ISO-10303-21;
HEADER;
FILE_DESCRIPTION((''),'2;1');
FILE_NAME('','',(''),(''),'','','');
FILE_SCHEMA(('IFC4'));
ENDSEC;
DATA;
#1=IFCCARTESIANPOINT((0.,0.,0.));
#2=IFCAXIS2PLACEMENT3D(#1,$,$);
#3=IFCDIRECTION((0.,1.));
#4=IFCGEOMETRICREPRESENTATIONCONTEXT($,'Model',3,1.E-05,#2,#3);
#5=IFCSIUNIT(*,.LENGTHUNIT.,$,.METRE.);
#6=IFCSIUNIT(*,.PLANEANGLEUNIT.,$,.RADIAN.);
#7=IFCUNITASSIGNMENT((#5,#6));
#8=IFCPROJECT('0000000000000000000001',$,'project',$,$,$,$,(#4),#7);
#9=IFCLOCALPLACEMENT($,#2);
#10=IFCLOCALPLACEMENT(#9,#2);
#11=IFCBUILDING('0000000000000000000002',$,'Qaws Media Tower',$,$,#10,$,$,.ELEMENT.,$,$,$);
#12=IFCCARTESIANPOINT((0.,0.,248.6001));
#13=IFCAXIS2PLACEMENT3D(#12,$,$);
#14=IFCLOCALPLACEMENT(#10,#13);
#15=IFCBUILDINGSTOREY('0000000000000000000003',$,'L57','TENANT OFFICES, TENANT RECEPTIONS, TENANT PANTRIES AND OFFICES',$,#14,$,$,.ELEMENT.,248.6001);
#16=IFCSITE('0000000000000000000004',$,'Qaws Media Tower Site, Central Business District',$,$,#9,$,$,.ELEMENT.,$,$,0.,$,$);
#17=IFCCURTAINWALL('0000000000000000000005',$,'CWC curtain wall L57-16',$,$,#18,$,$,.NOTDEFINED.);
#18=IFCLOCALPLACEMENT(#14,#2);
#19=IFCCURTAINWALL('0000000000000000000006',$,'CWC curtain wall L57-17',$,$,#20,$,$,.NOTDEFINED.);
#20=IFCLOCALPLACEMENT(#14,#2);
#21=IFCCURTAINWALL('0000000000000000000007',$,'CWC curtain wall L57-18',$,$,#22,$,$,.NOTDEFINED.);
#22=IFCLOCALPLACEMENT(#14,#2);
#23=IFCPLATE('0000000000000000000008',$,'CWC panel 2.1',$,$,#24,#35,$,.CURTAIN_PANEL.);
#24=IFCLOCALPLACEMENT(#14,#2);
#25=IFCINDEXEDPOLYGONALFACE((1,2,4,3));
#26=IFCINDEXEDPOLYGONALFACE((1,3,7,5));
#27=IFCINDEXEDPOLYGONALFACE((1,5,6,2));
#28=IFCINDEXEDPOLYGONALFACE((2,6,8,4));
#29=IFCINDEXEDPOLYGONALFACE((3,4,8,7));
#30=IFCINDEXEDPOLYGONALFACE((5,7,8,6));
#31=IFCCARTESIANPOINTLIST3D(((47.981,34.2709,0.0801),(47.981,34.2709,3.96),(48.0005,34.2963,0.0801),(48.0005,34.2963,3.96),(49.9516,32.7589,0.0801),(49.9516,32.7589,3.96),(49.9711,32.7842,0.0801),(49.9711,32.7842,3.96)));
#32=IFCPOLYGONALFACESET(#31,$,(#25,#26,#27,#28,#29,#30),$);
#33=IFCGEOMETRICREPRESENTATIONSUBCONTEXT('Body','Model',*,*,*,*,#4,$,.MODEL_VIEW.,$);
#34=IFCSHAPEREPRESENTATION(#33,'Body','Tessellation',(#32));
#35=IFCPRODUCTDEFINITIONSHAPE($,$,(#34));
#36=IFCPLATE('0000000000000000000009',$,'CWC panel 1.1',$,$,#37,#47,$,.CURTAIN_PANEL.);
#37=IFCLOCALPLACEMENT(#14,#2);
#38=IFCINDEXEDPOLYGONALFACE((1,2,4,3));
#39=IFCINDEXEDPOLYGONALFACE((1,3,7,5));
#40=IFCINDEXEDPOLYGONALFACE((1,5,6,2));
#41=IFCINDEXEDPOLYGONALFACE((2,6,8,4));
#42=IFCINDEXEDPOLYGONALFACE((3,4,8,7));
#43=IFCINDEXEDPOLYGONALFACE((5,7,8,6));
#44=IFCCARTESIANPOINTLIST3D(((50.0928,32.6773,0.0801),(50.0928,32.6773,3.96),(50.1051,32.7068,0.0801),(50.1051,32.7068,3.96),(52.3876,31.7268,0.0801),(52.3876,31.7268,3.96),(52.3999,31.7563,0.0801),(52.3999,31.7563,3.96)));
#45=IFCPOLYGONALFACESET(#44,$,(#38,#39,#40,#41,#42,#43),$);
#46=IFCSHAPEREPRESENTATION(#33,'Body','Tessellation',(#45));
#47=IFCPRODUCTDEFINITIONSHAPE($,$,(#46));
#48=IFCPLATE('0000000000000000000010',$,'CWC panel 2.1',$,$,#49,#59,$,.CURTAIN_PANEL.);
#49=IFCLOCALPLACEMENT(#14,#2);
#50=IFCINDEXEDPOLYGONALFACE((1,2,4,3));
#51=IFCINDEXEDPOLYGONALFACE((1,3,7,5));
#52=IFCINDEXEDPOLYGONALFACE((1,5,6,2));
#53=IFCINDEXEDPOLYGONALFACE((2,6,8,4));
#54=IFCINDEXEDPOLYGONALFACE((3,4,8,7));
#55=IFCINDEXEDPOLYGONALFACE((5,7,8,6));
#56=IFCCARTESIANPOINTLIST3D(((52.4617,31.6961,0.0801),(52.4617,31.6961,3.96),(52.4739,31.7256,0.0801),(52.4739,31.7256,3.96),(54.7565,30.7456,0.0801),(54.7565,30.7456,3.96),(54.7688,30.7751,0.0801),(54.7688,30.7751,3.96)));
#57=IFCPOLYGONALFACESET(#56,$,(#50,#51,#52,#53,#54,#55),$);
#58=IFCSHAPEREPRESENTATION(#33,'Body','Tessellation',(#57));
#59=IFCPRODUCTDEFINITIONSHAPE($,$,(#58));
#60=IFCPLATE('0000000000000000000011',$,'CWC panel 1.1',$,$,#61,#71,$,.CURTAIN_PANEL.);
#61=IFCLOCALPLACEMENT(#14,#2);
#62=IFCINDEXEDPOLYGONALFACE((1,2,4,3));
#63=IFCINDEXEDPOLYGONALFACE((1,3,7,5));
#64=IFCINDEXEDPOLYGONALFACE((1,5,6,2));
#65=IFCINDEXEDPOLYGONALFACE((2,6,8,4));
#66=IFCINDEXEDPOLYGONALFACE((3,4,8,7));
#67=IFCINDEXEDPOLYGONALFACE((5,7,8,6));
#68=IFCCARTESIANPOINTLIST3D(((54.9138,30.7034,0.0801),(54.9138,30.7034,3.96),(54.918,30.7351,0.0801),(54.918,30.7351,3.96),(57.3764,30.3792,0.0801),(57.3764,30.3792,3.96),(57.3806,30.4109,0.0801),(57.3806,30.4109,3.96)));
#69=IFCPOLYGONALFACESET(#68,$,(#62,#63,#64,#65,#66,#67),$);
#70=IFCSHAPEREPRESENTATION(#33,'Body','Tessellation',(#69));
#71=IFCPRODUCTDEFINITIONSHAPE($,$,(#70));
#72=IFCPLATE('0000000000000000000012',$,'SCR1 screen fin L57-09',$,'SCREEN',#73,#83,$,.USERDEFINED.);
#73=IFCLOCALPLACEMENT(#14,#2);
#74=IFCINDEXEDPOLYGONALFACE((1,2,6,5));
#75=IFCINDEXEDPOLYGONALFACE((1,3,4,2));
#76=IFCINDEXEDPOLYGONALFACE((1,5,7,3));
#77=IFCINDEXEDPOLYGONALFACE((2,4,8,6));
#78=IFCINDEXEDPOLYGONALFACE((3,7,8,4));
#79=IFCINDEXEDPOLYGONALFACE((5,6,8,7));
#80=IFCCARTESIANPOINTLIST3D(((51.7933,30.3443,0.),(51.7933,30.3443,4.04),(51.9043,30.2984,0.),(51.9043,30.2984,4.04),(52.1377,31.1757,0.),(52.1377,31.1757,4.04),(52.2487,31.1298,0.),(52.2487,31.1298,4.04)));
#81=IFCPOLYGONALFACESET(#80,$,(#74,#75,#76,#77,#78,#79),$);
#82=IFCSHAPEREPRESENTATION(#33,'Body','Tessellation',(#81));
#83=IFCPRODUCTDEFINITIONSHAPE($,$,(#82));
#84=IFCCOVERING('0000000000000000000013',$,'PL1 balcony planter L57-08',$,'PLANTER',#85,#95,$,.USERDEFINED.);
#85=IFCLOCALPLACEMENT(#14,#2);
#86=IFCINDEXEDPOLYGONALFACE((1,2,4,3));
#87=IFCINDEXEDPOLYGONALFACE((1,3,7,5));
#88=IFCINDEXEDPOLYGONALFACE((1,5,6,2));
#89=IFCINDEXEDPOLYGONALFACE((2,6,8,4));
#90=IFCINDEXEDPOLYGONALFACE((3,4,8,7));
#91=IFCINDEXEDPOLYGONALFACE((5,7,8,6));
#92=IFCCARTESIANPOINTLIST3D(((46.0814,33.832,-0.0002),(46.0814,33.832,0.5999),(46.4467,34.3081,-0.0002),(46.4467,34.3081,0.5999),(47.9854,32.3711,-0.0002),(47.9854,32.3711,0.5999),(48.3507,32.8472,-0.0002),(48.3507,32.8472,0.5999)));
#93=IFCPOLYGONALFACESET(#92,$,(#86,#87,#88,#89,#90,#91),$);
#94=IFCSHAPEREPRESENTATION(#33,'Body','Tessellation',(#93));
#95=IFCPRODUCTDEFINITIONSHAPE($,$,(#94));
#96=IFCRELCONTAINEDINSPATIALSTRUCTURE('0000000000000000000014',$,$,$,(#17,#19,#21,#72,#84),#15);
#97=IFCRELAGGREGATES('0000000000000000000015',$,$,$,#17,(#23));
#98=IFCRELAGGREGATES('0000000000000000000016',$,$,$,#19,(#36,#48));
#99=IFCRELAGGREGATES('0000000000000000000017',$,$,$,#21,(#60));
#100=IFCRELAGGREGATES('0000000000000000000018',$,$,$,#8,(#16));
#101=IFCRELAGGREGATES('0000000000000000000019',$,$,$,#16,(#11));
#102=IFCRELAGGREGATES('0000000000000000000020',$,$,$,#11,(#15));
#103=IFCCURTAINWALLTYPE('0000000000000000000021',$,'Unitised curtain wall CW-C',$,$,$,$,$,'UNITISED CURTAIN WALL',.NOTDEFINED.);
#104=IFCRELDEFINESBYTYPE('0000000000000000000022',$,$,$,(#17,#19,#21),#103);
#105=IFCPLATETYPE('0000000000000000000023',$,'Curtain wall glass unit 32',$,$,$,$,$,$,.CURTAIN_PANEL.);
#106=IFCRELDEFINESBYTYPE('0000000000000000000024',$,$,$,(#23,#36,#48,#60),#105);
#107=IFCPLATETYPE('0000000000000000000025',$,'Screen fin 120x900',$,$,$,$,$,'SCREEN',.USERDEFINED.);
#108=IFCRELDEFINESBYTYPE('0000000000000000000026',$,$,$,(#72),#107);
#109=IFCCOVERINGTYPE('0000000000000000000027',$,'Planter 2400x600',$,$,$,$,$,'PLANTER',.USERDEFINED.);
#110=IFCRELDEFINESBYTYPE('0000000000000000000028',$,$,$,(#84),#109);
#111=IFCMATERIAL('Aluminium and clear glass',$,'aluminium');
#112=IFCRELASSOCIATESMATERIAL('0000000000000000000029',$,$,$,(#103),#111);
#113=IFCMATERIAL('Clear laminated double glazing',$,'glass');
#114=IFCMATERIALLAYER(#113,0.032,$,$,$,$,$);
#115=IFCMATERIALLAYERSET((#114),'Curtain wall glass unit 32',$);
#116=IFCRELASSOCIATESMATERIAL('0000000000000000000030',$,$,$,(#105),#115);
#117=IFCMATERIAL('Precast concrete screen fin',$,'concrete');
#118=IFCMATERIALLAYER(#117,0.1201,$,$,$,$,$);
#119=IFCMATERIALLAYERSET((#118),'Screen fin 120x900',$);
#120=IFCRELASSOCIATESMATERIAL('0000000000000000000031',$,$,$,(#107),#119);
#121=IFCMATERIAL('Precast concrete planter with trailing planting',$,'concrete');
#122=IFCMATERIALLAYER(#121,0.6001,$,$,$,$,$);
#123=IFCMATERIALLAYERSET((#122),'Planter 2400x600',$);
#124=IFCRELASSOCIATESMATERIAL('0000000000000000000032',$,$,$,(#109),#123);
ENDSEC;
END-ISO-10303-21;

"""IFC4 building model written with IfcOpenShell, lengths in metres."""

from ifc_helpers import new_model, si_unit, direction, frame, origin, origin_2d, place, context, subcontext, project, spatial, rectangle, extrude, material, layer, layer_set, type_object, element, aggregate, save


model = new_model("IFC4")

# Units and contexts
model_context = context("Model", 3, precision=1e-05, world=origin(), true_north=direction((0.0, 1.0)))
body_context = subcontext(model_context, "Body", "Model", "MODEL_VIEW")
ifc_project = project(units=[si_unit("LENGTHUNIT", "METRE"), si_unit("PLANEANGLEUNIT", "RADIAN")], contexts=[model_context])

# Site, building, storey
site_placement = place(None, origin())
site = spatial("IfcSite", under=ifc_project, at=site_placement, Name="Qaws Media Tower Site, Central Business District", CompositionType="ELEMENT", RefElevation=0.0)
building_placement = place(site_placement, origin())
building = spatial("IfcBuilding", under=site, at=building_placement, Name="Qaws Media Tower", CompositionType="ELEMENT")
storey_placement = place(building_placement, frame((0.0, 0.0, 248.6001)))
storey = spatial("IfcBuildingStorey", under=building, at=storey_placement, Name="L57", Description="TENANT OFFICES, TENANT RECEPTIONS, TENANT PANTRIES AND OFFICES", CompositionType="ELEMENT", Elevation=248.6001)

# Curtain walls
ifc_material_1 = material(Name="Aluminium and clear glass", Category="aluminium")
curtain_wall_type = type_object("IfcCurtainWallType", Name="Unitised curtain wall CW-C", ElementType="UNITISED CURTAIN WALL", PredefinedType="NOTDEFINED", material=ifc_material_1)
curtain_wall_1_placement = place(storey_placement, origin())
curtain_wall_1 = element("IfcCurtainWall", 1, at=curtain_wall_1_placement, inside=storey, type_object=curtain_wall_type, Name="CWC curtain wall L57-16", PredefinedType="NOTDEFINED")
curtain_wall_2_placement = place(storey_placement, origin())
curtain_wall_2 = element("IfcCurtainWall", 2, at=curtain_wall_2_placement, inside=storey, type_object=curtain_wall_type, Name="CWC curtain wall L57-17", PredefinedType="NOTDEFINED")

# Curtain wall
curtain_wall_3_placement = place(storey_placement, origin())
curtain_wall_3 = element("IfcCurtainWall", 3, at=curtain_wall_3_placement, inside=storey, type_object=curtain_wall_type, Name="CWC curtain wall L57-18", PredefinedType="NOTDEFINED")

# Plates
ifc_material_2 = material(Name="Clear laminated double glazing", Category="glass")
ifc_layer_1 = layer(ifc_material_2, 0.032)
ifc_layer_set_1 = layer_set([ifc_layer_1], Name="Curtain wall glass unit 32")
plate_type_1 = type_object("IfcPlateType", Name="Curtain wall glass unit 32", PredefinedType="CURTAIN_PANEL", material=ifc_layer_set_1)
plate_1_placement = place(storey_placement, frame((48.9761, 33.5276, 0.0801), z_axis=(0.0, 0.0, 1.0), x_axis=(0.793353, -0.608762, 0.0)))
plate_1 = element("IfcPlate", 4, at=plate_1_placement, type_object=plate_type_1, Name="CWC panel 2.1", PredefinedType="CURTAIN_PANEL", context=body_context, shape_type="SweptSolid", body=[
    extrude(rectangle(XDim=2.4839, YDim=0.032, at=origin_2d()), origin(), (0.0, 0.0, 1.0), 3.8799),
])
aggregate(curtain_wall_1, [plate_1])
plate_2_placement = place(storey_placement, frame((51.2463, 32.2168, 0.0801), z_axis=(0.0, 0.0, 1.0), x_axis=(0.92388, -0.382683, 0.0)))
plate_2 = element("IfcPlate", 5, at=plate_2_placement, type_object=plate_type_1, Name="CWC panel 1.1", PredefinedType="CURTAIN_PANEL", context=body_context, shape_type="SweptSolid", body=[
    extrude(rectangle(XDim=2.4839, YDim=0.032, at=origin_2d()), origin(), (0.0, 0.0, 1.0), 3.8799),
])
plate_3_placement = place(storey_placement, frame((53.6152, 31.2356, 0.0801), z_axis=(0.0, 0.0, 1.0), x_axis=(0.92388, -0.382683, 0.0)))
plate_3 = element("IfcPlate", 6, at=plate_3_placement, type_object=plate_type_1, Name="CWC panel 2.1", PredefinedType="CURTAIN_PANEL", context=body_context, shape_type="SweptSolid", body=[
    extrude(rectangle(XDim=2.4839, YDim=0.032, at=origin_2d()), origin(), (0.0, 0.0, 1.0), 3.8799),
])
aggregate(curtain_wall_2, [plate_2, plate_3])
plate_4_placement = place(storey_placement, frame((56.1472, 30.5571, 0.0801), z_axis=(0.0, 0.0, 1.0), x_axis=(0.991445, -0.130526, 0.0)))
plate_4 = element("IfcPlate", 7, at=plate_4_placement, type_object=plate_type_1, Name="CWC panel 1.1", PredefinedType="CURTAIN_PANEL", context=body_context, shape_type="SweptSolid", body=[
    extrude(rectangle(XDim=2.4839, YDim=0.032, at=origin_2d()), origin(), (0.0, 0.0, 1.0), 3.8799),
])
aggregate(curtain_wall_3, [plate_4])
ifc_material_3 = material(Name="Precast concrete screen fin", Category="concrete")
ifc_layer_2 = layer(ifc_material_3, 0.1201)
ifc_layer_set_2 = layer_set([ifc_layer_2], Name="Screen fin 120x900")
plate_type_2 = type_object("IfcPlateType", Name="Screen fin 120x900", ElementType="SCREEN", PredefinedType="USERDEFINED", material=ifc_layer_set_2)
plate_5_placement = place(storey_placement, frame((52.021, 30.7371, 0.0), z_axis=(0.0, 0.0, 1.0), x_axis=(-0.382683, -0.92388, 0.0)))
element("IfcPlate", 8, at=plate_5_placement, inside=storey, type_object=plate_type_2, Name="SCR1 screen fin L57-09", ObjectType="SCREEN", PredefinedType="USERDEFINED", context=body_context, shape_type="SweptSolid", body=[
    extrude(rectangle(XDim=0.8999, YDim=0.1201, at=origin_2d()), origin(), (0.0, 0.0, 1.0), 4.04),
])

# Covering
ifc_material_4 = material(Name="Precast concrete planter with trailing planting", Category="concrete")
ifc_layer_3 = layer(ifc_material_4, 0.6001)
ifc_layer_set_3 = layer_set([ifc_layer_3], Name="Planter 2400x600")
covering_type = type_object("IfcCoveringType", Name="Planter 2400x600", ElementType="PLANTER", PredefinedType="USERDEFINED", material=ifc_layer_set_3)
covering_placement = place(storey_placement, frame((47.2161, 33.3396, -0.0002), z_axis=(0.0, 0.0, 1.0), x_axis=(0.793353, -0.608761, 0.0)))
element("IfcCovering", 9, at=covering_placement, inside=storey, type_object=covering_type, Name="PL1 balcony planter L57-08", ObjectType="PLANTER", PredefinedType="USERDEFINED", context=body_context, shape_type="SweptSolid", body=[
    extrude(rectangle(XDim=2.3999, YDim=0.6001, at=origin_2d()), origin(), (0.0, 0.0, 1.0), 0.6001),
])

save(model, "model.ifc")
